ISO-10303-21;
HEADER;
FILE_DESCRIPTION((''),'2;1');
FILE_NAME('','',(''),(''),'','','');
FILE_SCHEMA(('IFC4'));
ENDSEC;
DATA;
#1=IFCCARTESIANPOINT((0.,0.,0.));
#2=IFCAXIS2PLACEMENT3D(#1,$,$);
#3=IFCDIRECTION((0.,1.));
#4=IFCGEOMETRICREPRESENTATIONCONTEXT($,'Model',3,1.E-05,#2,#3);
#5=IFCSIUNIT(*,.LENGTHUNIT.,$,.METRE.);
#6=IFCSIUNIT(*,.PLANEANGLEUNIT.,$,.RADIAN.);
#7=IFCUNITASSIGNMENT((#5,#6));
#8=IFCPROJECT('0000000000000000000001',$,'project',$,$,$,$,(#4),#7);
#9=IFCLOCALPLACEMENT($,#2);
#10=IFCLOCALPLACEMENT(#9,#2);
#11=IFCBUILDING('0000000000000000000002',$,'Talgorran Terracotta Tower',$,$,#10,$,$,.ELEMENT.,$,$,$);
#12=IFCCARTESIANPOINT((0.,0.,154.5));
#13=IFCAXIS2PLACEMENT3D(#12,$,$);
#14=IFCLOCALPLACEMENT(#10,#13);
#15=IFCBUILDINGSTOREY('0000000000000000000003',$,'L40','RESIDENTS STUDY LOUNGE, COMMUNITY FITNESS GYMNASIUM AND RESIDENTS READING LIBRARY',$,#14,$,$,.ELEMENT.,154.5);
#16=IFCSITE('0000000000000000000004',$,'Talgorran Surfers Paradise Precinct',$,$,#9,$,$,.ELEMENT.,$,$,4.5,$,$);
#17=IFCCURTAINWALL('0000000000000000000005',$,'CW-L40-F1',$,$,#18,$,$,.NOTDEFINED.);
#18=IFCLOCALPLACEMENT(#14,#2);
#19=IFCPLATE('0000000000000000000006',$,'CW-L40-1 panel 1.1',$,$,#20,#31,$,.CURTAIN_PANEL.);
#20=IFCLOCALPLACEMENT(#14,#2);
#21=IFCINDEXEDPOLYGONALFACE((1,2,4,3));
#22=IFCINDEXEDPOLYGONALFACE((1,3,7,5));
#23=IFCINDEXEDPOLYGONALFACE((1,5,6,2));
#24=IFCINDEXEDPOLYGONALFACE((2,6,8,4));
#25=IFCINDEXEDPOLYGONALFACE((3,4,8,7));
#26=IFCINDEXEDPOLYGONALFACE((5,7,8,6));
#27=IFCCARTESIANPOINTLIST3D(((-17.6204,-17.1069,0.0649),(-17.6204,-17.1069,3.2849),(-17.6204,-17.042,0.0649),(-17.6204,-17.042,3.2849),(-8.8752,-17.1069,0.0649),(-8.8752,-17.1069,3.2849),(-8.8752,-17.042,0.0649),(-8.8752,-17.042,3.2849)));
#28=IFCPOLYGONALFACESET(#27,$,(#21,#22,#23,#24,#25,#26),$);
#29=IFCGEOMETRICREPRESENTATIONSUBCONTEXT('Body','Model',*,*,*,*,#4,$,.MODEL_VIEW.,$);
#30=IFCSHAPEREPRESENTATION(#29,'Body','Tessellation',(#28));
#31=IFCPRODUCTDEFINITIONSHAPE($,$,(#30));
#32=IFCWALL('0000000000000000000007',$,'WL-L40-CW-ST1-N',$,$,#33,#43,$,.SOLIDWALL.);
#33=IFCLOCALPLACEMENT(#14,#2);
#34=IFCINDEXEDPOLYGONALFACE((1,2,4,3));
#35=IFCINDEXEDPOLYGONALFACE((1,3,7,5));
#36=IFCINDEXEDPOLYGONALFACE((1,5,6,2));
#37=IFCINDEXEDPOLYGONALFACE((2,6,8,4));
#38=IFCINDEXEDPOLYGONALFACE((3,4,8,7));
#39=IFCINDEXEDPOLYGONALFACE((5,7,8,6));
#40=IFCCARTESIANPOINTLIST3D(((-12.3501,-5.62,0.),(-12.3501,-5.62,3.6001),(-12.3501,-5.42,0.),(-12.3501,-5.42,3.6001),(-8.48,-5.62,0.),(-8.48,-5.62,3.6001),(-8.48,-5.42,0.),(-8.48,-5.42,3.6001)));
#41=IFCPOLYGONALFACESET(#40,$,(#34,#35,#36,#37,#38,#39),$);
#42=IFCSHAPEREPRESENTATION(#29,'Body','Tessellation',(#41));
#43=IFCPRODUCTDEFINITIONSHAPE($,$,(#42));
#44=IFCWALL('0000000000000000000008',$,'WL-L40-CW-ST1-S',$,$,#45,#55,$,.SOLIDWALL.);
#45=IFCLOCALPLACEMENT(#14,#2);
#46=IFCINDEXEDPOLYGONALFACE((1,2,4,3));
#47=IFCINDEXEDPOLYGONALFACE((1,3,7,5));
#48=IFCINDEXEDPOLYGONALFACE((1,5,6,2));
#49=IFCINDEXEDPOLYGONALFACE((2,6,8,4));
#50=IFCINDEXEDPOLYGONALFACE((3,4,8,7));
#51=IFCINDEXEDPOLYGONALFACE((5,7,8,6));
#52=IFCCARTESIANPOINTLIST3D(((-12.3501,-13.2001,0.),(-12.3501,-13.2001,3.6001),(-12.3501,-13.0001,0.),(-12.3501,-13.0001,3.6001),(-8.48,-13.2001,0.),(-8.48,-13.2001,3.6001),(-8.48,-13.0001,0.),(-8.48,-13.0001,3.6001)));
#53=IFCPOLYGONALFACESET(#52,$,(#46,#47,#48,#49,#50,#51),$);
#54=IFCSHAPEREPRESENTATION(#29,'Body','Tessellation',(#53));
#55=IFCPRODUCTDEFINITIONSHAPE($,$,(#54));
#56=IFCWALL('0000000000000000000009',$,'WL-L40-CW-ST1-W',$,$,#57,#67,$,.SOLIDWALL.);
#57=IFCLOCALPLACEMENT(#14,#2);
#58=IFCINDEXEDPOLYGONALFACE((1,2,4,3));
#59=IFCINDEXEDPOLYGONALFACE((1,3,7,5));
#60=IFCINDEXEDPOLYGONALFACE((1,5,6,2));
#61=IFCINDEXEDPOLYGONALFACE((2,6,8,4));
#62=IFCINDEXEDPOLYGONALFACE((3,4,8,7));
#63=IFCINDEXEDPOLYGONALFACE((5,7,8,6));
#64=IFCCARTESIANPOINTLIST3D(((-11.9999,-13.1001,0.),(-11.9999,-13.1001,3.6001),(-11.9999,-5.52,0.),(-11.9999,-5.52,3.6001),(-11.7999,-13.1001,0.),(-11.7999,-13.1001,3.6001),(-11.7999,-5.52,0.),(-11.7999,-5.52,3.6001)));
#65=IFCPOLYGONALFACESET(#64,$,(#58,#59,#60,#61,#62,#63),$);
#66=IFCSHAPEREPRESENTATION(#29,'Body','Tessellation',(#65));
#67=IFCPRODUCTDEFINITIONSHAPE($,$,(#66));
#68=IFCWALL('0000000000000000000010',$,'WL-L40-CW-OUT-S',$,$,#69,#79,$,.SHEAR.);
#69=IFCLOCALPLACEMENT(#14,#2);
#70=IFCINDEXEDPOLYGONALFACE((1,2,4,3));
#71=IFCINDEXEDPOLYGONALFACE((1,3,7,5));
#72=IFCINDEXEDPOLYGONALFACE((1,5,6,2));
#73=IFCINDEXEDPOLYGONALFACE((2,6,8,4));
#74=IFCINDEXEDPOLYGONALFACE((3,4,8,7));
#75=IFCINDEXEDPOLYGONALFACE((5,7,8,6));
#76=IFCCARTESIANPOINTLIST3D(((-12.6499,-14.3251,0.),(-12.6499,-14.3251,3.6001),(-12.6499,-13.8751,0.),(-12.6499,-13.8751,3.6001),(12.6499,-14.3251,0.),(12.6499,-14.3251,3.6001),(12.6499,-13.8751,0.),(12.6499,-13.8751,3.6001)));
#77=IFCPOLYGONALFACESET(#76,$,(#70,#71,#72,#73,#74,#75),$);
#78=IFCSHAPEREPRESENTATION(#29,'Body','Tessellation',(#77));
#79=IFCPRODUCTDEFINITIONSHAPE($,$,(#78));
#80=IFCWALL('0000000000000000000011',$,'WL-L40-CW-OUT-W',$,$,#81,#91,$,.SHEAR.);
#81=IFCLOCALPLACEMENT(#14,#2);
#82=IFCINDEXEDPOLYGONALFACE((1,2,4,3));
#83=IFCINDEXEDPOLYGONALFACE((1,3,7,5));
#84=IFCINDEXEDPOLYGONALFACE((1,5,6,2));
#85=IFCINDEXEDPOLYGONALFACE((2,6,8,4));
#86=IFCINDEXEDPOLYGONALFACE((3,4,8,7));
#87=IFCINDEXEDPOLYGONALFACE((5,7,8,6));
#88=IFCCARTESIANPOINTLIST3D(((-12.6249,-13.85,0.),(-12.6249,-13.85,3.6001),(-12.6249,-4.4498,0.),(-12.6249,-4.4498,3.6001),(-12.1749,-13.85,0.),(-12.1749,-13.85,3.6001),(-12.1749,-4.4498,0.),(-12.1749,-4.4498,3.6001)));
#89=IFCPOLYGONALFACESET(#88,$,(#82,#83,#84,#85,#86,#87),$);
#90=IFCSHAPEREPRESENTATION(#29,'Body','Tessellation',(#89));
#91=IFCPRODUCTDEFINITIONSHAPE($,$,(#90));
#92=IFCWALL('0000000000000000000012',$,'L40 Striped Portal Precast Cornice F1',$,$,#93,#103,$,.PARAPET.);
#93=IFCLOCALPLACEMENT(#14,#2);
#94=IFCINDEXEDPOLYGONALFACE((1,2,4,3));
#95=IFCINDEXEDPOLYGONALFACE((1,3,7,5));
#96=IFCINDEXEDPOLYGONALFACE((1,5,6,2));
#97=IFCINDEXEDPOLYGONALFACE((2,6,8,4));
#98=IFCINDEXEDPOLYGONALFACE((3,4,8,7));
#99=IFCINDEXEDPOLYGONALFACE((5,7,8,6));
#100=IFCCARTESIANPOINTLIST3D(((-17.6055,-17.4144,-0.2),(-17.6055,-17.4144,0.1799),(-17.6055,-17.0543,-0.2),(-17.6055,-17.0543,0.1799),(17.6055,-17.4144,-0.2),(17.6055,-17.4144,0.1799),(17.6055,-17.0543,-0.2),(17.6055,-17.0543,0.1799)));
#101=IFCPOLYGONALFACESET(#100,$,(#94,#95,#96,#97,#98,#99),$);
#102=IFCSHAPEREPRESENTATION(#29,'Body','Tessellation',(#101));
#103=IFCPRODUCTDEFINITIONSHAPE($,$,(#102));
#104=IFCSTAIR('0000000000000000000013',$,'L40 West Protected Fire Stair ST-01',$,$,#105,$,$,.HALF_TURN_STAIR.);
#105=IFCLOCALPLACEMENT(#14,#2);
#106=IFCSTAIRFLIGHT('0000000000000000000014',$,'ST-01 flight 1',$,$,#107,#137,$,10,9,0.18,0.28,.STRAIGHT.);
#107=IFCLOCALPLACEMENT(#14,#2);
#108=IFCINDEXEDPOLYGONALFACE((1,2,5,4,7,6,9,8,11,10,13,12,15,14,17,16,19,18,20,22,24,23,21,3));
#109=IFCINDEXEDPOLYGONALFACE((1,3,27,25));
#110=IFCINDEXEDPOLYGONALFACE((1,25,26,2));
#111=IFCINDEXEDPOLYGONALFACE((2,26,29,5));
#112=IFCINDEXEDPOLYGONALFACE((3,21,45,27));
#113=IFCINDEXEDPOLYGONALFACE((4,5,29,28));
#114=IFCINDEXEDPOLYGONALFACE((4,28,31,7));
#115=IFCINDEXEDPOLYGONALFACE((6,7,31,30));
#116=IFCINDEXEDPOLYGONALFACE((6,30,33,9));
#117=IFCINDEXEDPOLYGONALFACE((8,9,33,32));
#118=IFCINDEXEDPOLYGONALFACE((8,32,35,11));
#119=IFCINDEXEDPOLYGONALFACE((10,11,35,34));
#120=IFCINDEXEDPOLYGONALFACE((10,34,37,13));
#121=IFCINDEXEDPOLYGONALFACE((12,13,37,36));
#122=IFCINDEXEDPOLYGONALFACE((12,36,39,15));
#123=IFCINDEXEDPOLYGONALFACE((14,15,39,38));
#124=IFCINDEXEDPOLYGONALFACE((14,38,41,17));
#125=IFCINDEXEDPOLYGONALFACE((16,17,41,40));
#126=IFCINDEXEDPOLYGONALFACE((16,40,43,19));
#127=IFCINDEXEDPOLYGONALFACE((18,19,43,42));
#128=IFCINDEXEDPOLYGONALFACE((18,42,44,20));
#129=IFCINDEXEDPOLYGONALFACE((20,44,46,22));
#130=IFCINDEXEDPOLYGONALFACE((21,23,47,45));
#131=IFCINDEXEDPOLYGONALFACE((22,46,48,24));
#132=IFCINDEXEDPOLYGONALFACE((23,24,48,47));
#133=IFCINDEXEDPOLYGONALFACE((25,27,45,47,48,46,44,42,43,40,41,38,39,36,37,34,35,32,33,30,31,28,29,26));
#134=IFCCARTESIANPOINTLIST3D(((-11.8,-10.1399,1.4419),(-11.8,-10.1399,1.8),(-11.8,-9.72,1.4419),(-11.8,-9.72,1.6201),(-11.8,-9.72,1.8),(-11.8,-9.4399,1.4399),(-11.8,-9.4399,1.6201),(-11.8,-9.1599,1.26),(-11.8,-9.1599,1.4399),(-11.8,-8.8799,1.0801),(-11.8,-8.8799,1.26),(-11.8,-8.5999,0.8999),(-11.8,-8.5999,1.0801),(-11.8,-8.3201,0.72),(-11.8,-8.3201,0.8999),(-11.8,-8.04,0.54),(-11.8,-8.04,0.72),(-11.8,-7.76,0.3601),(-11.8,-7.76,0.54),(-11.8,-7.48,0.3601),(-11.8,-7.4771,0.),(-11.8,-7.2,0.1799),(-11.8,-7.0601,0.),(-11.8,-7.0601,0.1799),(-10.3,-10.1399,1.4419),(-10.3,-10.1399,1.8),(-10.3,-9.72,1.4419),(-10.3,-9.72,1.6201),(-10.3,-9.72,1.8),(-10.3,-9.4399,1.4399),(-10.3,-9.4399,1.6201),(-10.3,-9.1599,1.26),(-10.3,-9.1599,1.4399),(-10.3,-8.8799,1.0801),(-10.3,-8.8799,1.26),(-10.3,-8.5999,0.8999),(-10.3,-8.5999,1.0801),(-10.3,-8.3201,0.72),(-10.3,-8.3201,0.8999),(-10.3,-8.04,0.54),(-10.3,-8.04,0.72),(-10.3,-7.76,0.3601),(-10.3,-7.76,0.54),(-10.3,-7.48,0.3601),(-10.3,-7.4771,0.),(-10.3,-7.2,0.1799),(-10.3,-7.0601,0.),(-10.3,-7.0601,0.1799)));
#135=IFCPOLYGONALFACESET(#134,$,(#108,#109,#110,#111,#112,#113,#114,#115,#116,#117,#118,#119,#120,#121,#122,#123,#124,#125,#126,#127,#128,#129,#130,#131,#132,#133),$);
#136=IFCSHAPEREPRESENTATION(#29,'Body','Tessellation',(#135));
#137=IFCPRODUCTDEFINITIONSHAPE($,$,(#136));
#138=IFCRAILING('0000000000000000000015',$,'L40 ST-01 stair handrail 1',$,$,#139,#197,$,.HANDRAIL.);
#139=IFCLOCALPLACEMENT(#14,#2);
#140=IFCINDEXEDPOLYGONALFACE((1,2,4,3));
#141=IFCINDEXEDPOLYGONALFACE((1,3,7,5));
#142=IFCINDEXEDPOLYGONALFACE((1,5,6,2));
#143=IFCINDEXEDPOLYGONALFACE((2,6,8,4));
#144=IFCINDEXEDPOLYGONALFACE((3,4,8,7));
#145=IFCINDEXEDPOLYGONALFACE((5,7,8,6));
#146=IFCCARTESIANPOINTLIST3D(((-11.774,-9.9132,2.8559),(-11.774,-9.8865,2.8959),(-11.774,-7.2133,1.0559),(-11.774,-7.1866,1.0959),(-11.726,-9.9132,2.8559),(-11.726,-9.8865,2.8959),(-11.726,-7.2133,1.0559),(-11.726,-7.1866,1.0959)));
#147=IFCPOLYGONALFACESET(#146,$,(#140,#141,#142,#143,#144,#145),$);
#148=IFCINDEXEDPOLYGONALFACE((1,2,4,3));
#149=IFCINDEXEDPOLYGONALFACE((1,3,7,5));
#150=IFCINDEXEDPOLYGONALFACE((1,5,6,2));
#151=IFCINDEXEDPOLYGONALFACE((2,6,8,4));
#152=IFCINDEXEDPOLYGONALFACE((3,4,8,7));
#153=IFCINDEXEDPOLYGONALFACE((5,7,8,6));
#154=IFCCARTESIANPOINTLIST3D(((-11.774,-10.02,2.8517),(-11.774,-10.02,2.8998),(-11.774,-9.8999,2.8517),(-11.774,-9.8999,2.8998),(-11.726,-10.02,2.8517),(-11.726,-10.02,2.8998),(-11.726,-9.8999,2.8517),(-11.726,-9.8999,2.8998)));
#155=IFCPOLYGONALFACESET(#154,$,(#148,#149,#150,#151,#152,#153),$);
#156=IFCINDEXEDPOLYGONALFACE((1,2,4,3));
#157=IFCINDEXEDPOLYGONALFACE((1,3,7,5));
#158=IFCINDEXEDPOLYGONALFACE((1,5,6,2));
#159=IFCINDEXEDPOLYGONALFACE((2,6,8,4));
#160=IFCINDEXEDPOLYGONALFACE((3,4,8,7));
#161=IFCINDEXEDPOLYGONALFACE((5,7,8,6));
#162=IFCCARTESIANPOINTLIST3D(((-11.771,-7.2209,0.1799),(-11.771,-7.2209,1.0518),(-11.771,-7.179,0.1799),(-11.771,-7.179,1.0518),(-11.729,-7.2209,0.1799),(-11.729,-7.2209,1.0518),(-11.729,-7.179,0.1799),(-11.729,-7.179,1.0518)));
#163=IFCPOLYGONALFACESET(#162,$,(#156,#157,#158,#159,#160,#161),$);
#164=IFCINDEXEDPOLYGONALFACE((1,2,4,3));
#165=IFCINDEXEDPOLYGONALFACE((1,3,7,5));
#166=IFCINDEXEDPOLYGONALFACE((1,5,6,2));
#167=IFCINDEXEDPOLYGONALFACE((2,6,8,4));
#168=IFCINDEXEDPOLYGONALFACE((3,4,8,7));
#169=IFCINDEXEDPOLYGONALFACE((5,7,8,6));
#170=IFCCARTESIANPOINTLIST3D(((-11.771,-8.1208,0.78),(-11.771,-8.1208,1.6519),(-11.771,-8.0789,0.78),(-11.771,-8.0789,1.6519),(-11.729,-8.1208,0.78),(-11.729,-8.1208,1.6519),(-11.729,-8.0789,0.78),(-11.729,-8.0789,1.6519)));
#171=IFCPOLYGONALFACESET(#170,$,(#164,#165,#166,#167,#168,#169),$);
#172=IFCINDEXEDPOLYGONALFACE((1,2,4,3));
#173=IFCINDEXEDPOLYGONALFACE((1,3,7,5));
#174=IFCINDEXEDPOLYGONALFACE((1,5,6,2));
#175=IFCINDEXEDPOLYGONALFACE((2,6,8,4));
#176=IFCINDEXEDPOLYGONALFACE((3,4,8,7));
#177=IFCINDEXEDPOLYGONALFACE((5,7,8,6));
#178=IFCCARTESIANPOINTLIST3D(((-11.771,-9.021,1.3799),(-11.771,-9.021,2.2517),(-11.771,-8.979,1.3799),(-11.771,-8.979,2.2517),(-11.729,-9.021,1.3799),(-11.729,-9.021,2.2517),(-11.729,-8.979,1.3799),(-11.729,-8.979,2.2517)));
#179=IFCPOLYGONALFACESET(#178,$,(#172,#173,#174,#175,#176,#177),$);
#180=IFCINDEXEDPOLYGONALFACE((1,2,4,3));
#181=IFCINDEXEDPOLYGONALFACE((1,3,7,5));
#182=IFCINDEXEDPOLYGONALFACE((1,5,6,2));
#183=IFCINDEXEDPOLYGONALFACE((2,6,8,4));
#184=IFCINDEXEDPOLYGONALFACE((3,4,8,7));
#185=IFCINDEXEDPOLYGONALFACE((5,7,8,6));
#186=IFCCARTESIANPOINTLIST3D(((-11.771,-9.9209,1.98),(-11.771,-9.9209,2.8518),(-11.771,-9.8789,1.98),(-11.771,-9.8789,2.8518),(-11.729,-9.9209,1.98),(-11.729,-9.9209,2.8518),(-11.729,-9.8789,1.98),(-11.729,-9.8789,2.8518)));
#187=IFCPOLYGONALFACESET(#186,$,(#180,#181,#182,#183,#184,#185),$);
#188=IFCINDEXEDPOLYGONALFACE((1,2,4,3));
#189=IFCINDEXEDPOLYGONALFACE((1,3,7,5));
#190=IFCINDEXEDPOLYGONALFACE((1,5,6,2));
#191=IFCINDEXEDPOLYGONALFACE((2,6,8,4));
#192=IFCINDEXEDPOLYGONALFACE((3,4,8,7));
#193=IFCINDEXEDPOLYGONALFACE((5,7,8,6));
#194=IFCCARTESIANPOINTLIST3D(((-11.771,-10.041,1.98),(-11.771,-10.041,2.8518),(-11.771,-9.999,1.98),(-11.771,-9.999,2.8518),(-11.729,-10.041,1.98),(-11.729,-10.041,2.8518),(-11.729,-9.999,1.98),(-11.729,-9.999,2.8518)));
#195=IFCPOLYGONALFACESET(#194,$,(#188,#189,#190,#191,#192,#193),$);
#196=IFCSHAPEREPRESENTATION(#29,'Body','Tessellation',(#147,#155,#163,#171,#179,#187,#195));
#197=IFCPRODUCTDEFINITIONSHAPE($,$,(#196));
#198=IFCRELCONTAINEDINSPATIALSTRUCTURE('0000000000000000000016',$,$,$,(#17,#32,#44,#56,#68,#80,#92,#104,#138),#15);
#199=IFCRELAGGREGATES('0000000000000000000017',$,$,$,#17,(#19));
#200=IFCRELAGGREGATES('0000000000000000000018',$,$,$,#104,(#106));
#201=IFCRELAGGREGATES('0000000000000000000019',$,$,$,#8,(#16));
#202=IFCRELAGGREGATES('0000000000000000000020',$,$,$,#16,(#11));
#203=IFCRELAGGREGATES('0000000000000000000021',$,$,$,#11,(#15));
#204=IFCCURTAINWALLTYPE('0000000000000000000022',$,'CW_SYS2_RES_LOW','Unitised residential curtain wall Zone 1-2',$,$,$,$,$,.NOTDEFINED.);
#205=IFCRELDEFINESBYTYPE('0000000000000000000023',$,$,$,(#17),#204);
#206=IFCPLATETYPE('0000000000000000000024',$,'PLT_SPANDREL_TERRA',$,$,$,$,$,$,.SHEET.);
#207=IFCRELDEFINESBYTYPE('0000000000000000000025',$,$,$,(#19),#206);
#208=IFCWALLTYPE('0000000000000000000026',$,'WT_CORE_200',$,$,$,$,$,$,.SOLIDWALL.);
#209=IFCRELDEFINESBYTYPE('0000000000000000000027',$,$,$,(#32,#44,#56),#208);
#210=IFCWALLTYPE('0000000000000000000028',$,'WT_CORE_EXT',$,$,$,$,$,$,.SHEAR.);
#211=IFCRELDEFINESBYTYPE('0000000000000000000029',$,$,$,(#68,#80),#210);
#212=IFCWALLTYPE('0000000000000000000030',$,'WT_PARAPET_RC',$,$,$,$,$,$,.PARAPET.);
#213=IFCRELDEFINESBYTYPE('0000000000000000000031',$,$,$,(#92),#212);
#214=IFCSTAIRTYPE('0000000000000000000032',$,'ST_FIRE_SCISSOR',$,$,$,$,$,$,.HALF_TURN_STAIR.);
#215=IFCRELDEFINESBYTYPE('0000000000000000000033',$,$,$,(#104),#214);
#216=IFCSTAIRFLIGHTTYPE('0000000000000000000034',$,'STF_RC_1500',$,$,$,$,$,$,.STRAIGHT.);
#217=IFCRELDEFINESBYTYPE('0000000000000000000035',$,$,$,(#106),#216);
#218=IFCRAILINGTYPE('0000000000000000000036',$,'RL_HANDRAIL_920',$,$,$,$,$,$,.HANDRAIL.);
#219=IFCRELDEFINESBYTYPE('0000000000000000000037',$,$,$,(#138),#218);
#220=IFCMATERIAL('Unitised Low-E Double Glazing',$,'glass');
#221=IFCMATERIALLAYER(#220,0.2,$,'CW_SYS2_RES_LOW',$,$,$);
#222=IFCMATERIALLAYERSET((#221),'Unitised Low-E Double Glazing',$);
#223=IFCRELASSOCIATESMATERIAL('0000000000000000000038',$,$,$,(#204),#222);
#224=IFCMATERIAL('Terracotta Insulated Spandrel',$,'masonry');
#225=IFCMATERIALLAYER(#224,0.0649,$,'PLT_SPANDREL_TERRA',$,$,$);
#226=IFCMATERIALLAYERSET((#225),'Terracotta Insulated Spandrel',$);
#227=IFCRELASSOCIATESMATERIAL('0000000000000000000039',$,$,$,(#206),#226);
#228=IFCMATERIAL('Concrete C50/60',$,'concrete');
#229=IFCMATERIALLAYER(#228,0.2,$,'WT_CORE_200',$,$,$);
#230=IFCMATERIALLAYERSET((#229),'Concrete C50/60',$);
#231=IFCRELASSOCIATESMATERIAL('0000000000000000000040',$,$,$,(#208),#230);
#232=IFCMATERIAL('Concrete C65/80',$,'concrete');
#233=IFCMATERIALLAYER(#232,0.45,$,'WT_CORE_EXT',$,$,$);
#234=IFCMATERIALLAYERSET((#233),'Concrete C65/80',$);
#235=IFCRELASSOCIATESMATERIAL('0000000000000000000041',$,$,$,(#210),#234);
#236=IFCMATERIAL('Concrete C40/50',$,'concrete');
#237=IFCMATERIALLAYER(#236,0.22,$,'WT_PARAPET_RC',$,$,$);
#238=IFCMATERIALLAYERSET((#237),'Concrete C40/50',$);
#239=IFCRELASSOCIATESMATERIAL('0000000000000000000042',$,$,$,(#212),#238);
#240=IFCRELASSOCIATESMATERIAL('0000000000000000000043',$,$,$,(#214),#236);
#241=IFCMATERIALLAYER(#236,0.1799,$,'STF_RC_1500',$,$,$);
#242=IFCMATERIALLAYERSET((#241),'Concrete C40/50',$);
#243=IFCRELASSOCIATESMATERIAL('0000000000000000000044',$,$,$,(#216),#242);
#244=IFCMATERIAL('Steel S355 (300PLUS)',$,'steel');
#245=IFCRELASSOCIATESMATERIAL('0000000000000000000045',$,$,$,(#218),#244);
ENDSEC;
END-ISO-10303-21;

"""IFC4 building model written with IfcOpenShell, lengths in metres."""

from ifc_helpers import new_model, si_unit, direction, frame, frame_2d, origin, origin_2d, place, context, subcontext, project, spatial, polyline, rectangle, outline, extrude, source, transform, mapped, material, layer, layer_set, type_object, type_shapes, element, aggregate, save


model = new_model("IFC4")

# Units and contexts
model_context = context("Model", 3, precision=1e-05, world=origin(), true_north=direction((0.0, 1.0)))
body_context = subcontext(model_context, "Body", "Model", "MODEL_VIEW")
ifc_project = project(units=[si_unit("LENGTHUNIT", "METRE"), si_unit("PLANEANGLEUNIT", "RADIAN")], contexts=[model_context])

# Site, building, storey
site_placement = place(None, origin())
site = spatial("IfcSite", under=ifc_project, at=site_placement, Name="Talgorran Surfers Paradise Precinct", CompositionType="ELEMENT", RefElevation=4.5)
building_placement = place(site_placement, origin())
building = spatial("IfcBuilding", under=site, at=building_placement, Name="Talgorran Terracotta Tower", CompositionType="ELEMENT")
storey_placement = place(building_placement, frame((0.0, 0.0, 154.5)))
storey = spatial("IfcBuildingStorey", under=building, at=storey_placement, Name="L40", Description="RESIDENTS STUDY LOUNGE, COMMUNITY FITNESS GYMNASIUM AND RESIDENTS READING LIBRARY", CompositionType="ELEMENT", Elevation=154.5)

# Shared definitions
ifc_material_1 = material(Name="Steel S355 (300PLUS)", Category="steel")

# Shared definitions
ifc_material_2 = material(Name="Unitised Low-E Double Glazing", Category="glass")
ifc_layer_1 = layer(ifc_material_2, 0.2, Name="CW_SYS2_RES_LOW")
ifc_layer_set_1 = layer_set([ifc_layer_1], Name="Unitised Low-E Double Glazing")
curtain_wall_type = type_object("IfcCurtainWallType", Name="CW_SYS2_RES_LOW", Description="Unitised residential curtain wall Zone 1-2", PredefinedType="NOTDEFINED", material=ifc_layer_set_1)

# Curtain wall
curtain_wall_1_placement = place(storey_placement, origin())
curtain_wall_1 = element("IfcCurtainWall", 1, at=curtain_wall_1_placement, inside=storey, type_object=curtain_wall_type, Name="CW-L40-F1", PredefinedType="NOTDEFINED")

# Plate
ifc_material_3 = material(Name="Terracotta Insulated Spandrel", Category="masonry")
ifc_layer_2 = layer(ifc_material_3, 0.0649, Name="PLT_SPANDREL_TERRA")
ifc_layer_set_2 = layer_set([ifc_layer_2], Name="Terracotta Insulated Spandrel")
plate_type_1 = type_object("IfcPlateType", Name="PLT_SPANDREL_TERRA", PredefinedType="SHEET", material=ifc_layer_set_2)
shared_shape = source(origin(), body_context, "Body", "SweptSolid", [
    extrude(rectangle(XDim=8.7451, YDim=0.0649, at=origin_2d()), origin(), (0.0, 0.0, 1.0), 3.22),
])
type_shapes(plate_type_1, [shared_shape])
plate_1_placement = place(storey_placement, frame((-13.2478, -17.0745, 0.0649), z_axis=(0.0, 0.0, 1.0), x_axis=(1.0, 0.0, 0.0)))
plate_1 = element("IfcPlate", 2, at=plate_1_placement, type_object=plate_type_1, Name="CW-L40-1 panel 1.1", PredefinedType="CURTAIN_PANEL", context=body_context, shape_type="MappedRepresentation", body=[
    mapped(shared_shape, transform((0.0, 0.0, 0.0), scale=1.0)),
])
aggregate(curtain_wall_1, [plate_1])

# Walls
ifc_material_4 = material(Name="Concrete C50/60", Category="concrete")
ifc_layer_3 = layer(ifc_material_4, 0.2, Name="WT_CORE_200")
ifc_layer_set_3 = layer_set([ifc_layer_3], Name="Concrete C50/60")
wall_type_1 = type_object("IfcWallType", Name="WT_CORE_200", PredefinedType="SOLIDWALL", material=ifc_layer_set_3)
for number, where, z_axis, x_axis, name in (
    (3, (-12.3501, -5.52, 0.0), (0.0, 0.0, 1.0), (1.0, 0.0, 0.0), "WL-L40-CW-ST1-N"),
    (4, (-12.3501, -13.1001, 0.0), (0.0, 0.0, 1.0), (1.0, 0.0, 0.0), "WL-L40-CW-ST1-S"),
):
    element("IfcWall", number, at=place(storey_placement, frame(where, z_axis=z_axis, x_axis=x_axis)), inside=storey, type_object=wall_type_1, Name=name, PredefinedType="SOLIDWALL", context=body_context, shape_type="SweptSolid", body=[
        extrude(rectangle(XDim=3.8701, YDim=0.2, at=frame_2d((1.9351, 0.0))), origin(), (0.0, 0.0, 1.0), 3.6001),
    ])
wall_1_placement = place(storey_placement, frame((-11.8999, -13.1001, 0.0), z_axis=(0.0, 0.0, 1.0), x_axis=(0.0, 1.0, 0.0)))
element("IfcWall", 5, at=wall_1_placement, inside=storey, type_object=wall_type_1, Name="WL-L40-CW-ST1-W", PredefinedType="SOLIDWALL", context=body_context, shape_type="SweptSolid", body=[
    extrude(rectangle(XDim=7.5801, YDim=0.2, at=frame_2d((3.79, 0.0))), origin(), (0.0, 0.0, 1.0), 3.6001),
])
ifc_material_5 = material(Name="Concrete C65/80", Category="concrete")
ifc_layer_4 = layer(ifc_material_5, 0.45, Name="WT_CORE_EXT")
ifc_layer_set_4 = layer_set([ifc_layer_4], Name="Concrete C65/80")
wall_type_2 = type_object("IfcWallType", Name="WT_CORE_EXT", PredefinedType="SHEAR", material=ifc_layer_set_4)
wall_2_placement = place(storey_placement, frame((-12.6499, -14.1001, 0.0), z_axis=(0.0, 0.0, 1.0), x_axis=(1.0, 0.0, 0.0)))
element("IfcWall", 6, at=wall_2_placement, inside=storey, type_object=wall_type_2, Name="WL-L40-CW-OUT-S", PredefinedType="SHEAR", context=body_context, shape_type="SweptSolid", body=[
    extrude(rectangle(XDim=25.2998, YDim=0.45, at=frame_2d((12.6499, 0.0))), origin(), (0.0, 0.0, 1.0), 3.6001),
])
wall_3_placement = place(storey_placement, frame((-12.3999, -13.8501, 0.0), z_axis=(0.0, 0.0, 1.0), x_axis=(0.0, 1.0, 0.0)))
element("IfcWall", 7, at=wall_3_placement, inside=storey, type_object=wall_type_2, Name="WL-L40-CW-OUT-W", PredefinedType="SHEAR", context=body_context, shape_type="SweptSolid", body=[
    extrude(rectangle(XDim=9.4001, YDim=0.45, at=frame_2d((4.7002, 0.0))), origin(), (0.0, 0.0, 1.0), 3.6001),
])
ifc_material_6 = material(Name="Concrete C40/50", Category="concrete")
ifc_layer_5 = layer(ifc_material_6, 0.22, Name="WT_PARAPET_RC")
ifc_layer_set_5 = layer_set([ifc_layer_5], Name="Concrete C40/50")
wall_type_3 = type_object("IfcWallType", Name="WT_PARAPET_RC", PredefinedType="PARAPET", material=ifc_layer_set_5)
wall_4_placement = place(storey_placement, frame((-17.6055, -17.2344, -0.2), z_axis=(0.0, 0.0, 1.0), x_axis=(1.0, 0.0, 0.0)))
element("IfcWall", 8, at=wall_4_placement, inside=storey, type_object=wall_type_3, Name="L40 Striped Portal Precast Cornice F1", PredefinedType="PARAPET", context=body_context, shape_type="SweptSolid", body=[
    extrude(rectangle(XDim=35.2109, YDim=0.3601, at=frame_2d((17.6055, 0.0))), origin(), (0.0, 0.0, 1.0), 0.3799),
])

# Stair, stair flight
stair_type = type_object("IfcStairType", Name="ST_FIRE_SCISSOR", PredefinedType="HALF_TURN_STAIR", material=ifc_material_6)
stair_placement = place(storey_placement, origin())
stair = element("IfcStair", 9, at=stair_placement, inside=storey, type_object=stair_type, Name="L40 West Protected Fire Stair ST-01", PredefinedType="HALF_TURN_STAIR")
ifc_layer_6 = layer(ifc_material_6, 0.1799, Name="STF_RC_1500")
ifc_layer_set_6 = layer_set([ifc_layer_6], Name="Concrete C40/50")
stair_flight_type = type_object("IfcStairFlightType", Name="STF_RC_1500", PredefinedType="STRAIGHT", material=ifc_layer_set_6)
stair_flight_placement = place(storey_placement, frame((-11.05, -7.2, 0.0), z_axis=(0.0, 0.0, 1.0), x_axis=(0.0, -1.0, 0.0)))
stair_flight = element("IfcStairFlight", 10, at=stair_flight_placement, type_object=stair_flight_type, Name="ST-01 flight 1", NumberOfRisers=10, NumberOfTreads=9, PredefinedType="STRAIGHT", RiserHeight=0.18, TreadLength=0.28, context=body_context, shape_type="SweptSolid", body=[
    extrude(outline(polyline([(-0.1399, 0.0), (-0.1399, 0.1799), (0.0, 0.1799), (0.28, 0.3601), (0.5601, 0.3601), (0.5601, 0.54), (0.8401, 0.54), (0.8401, 0.72), (1.1201, 0.72), (1.1201, 0.8999), (1.3999, 0.8999), (1.3999, 1.0801), (1.6799, 1.0801), (1.6799, 1.26), (1.96, 1.26), (1.96, 1.4399), (2.24, 1.4399), (2.24, 1.6201), (2.52, 1.6201), (2.52, 1.8), (2.9399, 1.8), (2.9399, 1.4419), (2.52, 1.4419), (0.2771, 0.0), (-0.1399, 0.0)])), frame((0.0, 0.75, 0.0), z_axis=(0.0, -1.0, 0.0), x_axis=(1.0, 0.0, 0.0)), (0.0, 0.0, 1.0), 1.5),
])
aggregate(stair, [stair_flight])

# Railing
railing_type_1 = type_object("IfcRailingType", Name="RL_HANDRAIL_920", PredefinedType="HANDRAIL", material=ifc_material_1)
railing_1_placement = place(storey_placement, frame((-11.75, -7.2, 0.1799)))
element("IfcRailing", 11, at=railing_1_placement, inside=storey, type_object=railing_type_1, Name="L40 ST-01 stair handrail 1", PredefinedType="HANDRAIL", context=body_context, shape_type="SweptSolid", body=[
    extrude(rectangle(XDim=0.0481, YDim=0.0481, at=origin_2d()), frame((0.0, 0.0, 0.896), z_axis=(0.0, -0.832039, 0.554718), x_axis=(1.0, 0.0, 0.0)), (0.0, 0.0, 1.0), 3.2449),
    extrude(rectangle(XDim=0.0481, YDim=0.0481, at=origin_2d()), frame((0.0, -2.7, 2.6958), z_axis=(0.0, -1.0, 0.0), x_axis=(1.0, 0.0, 0.0)), (0.0, 0.0, 1.0), 0.1201),
    extrude(rectangle(XDim=0.042, YDim=0.042, at=origin_2d()), origin(), (0.0, 0.0, 1.0), 0.8718),
    extrude(rectangle(XDim=0.042, YDim=0.042, at=origin_2d()), frame((0.0, -0.8999, 0.6001)), (0.0, 0.0, 1.0), 0.8718),
    extrude(rectangle(XDim=0.042, YDim=0.042, at=origin_2d()), frame((0.0, -1.8, 1.2)), (0.0, 0.0, 1.0), 0.8718),
    extrude(rectangle(XDim=0.042, YDim=0.042, at=origin_2d()), frame((0.0, -2.7, 1.8)), (0.0, 0.0, 1.0), 0.8718),
    extrude(rectangle(XDim=0.042, YDim=0.042, at=origin_2d()), frame((0.0, -2.8201, 1.8)), (0.0, 0.0, 1.0), 0.8718),
])

save(model, "model.ifc")
